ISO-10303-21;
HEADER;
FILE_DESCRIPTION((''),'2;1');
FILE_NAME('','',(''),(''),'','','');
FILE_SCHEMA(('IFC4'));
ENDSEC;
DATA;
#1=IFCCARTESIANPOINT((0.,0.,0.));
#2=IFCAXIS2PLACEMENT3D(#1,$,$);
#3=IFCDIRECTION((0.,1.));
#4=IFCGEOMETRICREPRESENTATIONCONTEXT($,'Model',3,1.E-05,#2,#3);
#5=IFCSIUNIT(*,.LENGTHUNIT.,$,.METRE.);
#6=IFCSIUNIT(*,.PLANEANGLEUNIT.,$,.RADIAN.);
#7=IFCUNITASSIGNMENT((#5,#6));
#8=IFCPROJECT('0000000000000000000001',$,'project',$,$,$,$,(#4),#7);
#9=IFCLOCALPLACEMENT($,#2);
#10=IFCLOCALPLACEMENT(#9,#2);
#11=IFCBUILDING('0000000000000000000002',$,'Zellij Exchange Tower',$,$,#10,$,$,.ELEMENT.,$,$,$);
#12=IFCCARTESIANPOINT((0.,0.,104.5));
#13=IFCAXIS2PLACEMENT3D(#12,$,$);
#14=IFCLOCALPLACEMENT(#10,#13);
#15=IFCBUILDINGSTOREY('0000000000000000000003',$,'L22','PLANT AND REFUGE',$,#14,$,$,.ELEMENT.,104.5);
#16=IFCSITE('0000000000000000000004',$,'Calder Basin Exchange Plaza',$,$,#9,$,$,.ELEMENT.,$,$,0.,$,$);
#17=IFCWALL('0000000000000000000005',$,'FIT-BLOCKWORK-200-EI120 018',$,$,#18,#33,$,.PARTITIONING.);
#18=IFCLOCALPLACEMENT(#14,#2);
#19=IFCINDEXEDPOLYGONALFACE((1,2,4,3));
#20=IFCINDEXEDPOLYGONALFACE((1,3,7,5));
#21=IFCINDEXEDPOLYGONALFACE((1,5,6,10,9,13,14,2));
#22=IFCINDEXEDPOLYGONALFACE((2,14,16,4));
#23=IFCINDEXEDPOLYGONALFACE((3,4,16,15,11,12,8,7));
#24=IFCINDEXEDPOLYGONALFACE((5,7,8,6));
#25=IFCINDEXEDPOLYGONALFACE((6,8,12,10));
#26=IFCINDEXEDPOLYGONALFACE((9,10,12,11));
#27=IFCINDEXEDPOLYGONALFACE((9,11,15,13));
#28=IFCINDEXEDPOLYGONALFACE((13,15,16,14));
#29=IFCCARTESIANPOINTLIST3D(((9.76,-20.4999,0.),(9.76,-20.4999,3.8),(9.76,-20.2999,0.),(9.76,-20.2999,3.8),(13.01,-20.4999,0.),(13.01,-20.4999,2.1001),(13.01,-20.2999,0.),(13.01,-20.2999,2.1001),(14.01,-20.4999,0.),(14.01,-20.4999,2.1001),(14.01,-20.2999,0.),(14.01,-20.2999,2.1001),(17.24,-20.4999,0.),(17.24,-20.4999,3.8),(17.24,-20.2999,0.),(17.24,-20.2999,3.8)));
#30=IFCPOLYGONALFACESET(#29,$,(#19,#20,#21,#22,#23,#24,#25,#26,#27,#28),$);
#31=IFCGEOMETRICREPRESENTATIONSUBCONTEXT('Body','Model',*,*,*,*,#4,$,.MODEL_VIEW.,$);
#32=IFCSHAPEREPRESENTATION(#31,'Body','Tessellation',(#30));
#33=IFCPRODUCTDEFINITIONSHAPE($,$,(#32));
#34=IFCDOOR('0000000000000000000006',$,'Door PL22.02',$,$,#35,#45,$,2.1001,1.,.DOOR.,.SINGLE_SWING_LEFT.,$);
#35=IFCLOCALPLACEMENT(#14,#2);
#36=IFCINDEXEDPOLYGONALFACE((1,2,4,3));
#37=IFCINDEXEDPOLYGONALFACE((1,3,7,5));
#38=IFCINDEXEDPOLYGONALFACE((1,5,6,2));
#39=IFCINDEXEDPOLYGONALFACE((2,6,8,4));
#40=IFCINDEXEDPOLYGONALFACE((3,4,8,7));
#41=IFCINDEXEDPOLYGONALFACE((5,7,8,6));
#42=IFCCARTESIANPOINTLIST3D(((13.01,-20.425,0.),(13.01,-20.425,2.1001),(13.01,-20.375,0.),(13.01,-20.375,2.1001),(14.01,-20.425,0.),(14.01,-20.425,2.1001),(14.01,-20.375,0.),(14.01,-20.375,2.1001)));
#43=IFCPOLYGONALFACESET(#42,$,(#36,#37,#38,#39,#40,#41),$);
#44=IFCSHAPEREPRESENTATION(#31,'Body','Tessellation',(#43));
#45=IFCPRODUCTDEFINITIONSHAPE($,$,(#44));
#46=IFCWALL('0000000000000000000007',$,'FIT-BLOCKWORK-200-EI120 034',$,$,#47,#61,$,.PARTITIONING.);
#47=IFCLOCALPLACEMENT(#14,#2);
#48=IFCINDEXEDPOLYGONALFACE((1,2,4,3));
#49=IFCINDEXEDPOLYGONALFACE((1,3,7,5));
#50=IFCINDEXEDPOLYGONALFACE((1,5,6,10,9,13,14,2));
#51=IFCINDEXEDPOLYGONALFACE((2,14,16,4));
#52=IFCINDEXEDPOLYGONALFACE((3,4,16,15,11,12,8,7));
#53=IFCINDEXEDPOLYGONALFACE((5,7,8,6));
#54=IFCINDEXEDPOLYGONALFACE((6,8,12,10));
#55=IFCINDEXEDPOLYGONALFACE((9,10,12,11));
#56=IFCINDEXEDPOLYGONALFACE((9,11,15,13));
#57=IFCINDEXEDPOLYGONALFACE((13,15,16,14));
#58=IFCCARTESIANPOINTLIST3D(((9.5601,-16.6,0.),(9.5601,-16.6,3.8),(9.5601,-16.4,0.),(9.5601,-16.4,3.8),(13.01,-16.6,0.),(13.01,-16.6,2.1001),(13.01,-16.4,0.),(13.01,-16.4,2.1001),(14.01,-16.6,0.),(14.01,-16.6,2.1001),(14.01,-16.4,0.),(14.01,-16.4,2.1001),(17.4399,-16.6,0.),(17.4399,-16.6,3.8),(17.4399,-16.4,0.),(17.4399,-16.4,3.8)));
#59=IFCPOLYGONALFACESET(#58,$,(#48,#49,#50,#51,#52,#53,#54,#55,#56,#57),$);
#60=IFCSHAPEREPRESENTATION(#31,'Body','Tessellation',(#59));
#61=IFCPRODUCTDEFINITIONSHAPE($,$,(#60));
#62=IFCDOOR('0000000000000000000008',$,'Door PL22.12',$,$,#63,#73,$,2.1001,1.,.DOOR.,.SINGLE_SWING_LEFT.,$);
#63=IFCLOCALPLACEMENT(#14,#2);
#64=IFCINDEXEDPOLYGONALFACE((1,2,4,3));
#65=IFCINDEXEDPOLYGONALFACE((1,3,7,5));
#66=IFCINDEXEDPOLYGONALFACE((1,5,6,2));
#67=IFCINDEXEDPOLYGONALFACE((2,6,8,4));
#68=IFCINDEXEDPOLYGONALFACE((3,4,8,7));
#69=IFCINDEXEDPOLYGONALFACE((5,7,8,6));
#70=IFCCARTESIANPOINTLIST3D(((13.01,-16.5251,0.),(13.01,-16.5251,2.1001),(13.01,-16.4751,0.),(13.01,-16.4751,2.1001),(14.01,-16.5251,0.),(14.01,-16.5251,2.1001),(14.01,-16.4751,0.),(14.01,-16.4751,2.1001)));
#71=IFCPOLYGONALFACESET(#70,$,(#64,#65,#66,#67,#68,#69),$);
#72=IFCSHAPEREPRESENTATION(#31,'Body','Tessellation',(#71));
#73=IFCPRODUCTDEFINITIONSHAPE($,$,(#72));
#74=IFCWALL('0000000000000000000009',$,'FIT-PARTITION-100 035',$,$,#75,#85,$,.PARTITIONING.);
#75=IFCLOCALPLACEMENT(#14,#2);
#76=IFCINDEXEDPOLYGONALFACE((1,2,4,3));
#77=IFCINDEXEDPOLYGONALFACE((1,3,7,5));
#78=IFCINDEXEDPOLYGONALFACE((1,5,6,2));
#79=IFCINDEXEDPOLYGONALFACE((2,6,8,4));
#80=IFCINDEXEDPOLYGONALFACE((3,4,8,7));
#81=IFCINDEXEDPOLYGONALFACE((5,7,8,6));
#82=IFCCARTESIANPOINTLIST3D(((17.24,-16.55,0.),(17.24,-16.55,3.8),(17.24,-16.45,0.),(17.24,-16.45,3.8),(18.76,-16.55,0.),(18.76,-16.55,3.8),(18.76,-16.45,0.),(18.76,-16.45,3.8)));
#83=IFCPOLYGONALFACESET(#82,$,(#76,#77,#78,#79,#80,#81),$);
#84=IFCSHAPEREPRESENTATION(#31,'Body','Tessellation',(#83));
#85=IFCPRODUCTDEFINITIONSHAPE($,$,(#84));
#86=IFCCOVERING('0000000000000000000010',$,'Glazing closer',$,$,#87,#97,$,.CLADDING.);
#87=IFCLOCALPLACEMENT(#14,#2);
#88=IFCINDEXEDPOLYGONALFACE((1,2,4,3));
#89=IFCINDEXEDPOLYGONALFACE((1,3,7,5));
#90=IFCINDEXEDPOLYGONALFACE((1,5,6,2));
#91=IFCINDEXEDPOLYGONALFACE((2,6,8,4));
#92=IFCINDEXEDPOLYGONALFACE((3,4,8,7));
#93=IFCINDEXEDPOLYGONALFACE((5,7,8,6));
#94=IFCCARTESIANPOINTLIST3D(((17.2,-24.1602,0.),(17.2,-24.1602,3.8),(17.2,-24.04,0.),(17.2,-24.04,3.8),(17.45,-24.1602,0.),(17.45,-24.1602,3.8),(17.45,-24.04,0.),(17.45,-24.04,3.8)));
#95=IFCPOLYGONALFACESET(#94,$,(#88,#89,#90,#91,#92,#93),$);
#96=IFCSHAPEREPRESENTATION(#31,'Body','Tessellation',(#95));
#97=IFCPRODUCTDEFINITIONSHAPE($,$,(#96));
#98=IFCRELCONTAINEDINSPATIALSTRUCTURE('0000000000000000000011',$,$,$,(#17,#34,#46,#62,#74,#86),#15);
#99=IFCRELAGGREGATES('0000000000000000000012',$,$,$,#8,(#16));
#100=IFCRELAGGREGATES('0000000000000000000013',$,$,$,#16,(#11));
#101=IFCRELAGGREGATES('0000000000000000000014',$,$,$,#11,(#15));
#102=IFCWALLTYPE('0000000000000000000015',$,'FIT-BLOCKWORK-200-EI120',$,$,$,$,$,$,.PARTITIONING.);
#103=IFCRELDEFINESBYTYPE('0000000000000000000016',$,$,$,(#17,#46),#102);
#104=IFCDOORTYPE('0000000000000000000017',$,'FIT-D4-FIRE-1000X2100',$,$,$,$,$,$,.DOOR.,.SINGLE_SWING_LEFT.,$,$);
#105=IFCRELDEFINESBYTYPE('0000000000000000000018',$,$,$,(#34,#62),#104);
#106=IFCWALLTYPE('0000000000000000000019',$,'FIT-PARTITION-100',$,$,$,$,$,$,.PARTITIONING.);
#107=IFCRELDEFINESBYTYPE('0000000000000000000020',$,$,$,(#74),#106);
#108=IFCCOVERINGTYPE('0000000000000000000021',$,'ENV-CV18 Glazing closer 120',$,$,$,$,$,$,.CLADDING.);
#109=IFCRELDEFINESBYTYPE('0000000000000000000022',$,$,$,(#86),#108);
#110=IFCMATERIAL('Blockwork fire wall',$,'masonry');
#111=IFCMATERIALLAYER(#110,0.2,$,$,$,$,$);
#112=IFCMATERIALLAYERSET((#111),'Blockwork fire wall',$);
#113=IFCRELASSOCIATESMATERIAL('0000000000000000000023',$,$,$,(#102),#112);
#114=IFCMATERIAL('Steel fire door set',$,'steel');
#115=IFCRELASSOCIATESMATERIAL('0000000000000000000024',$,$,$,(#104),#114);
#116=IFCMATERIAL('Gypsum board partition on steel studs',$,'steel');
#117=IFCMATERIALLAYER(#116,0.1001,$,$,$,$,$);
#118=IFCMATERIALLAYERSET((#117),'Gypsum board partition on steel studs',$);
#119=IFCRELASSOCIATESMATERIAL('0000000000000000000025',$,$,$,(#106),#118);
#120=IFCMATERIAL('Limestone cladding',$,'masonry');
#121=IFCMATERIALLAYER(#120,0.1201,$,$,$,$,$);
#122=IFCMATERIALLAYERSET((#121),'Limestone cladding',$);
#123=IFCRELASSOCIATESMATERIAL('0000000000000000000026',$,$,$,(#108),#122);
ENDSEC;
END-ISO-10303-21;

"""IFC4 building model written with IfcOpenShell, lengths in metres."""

from ifc_helpers import new_model, si_unit, direction, frame, frame_2d, origin, origin_2d, place, context, subcontext, project, spatial, rectangle, extrude, material, layer, layer_set, type_object, element, fill, save


model = new_model("IFC4")

# Units and contexts
model_context = context("Model", 3, precision=1e-05, world=origin(), true_north=direction((0.0, 1.0)))
body_context = subcontext(model_context, "Body", "Model", "MODEL_VIEW")
ifc_project = project(units=[si_unit("LENGTHUNIT", "METRE"), si_unit("PLANEANGLEUNIT", "RADIAN")], contexts=[model_context])

# Site, building, storey
site_placement = place(None, origin())
site = spatial("IfcSite", under=ifc_project, at=site_placement, Name="Calder Basin Exchange Plaza", CompositionType="ELEMENT", RefElevation=0.0)
building_placement = place(site_placement, origin())
building = spatial("IfcBuilding", under=site, at=building_placement, Name="Zellij Exchange Tower", CompositionType="ELEMENT")
storey_placement = place(building_placement, frame((0.0, 0.0, 104.5)))
storey = spatial("IfcBuildingStorey", under=building, at=storey_placement, Name="L22", Description="PLANT AND REFUGE", CompositionType="ELEMENT", Elevation=104.5)

# Shared definitions
ifc_material_1 = material(Name="Blockwork fire wall", Category="masonry")
ifc_layer_1 = layer(ifc_material_1, 0.2)
ifc_layer_set_1 = layer_set([ifc_layer_1], Name="Blockwork fire wall")
wall_type_1 = type_object("IfcWallType", Name="FIT-BLOCKWORK-200-EI120", PredefinedType="PARTITIONING", material=ifc_layer_set_1)

# Walls, openings, doors
wall_1_placement = place(storey_placement, frame((9.76, -20.3999, 0.0), z_axis=(0.0, 0.0, 1.0), x_axis=(1.0, 0.0, 0.0)))
wall_1 = element("IfcWall", 1, at=wall_1_placement, inside=storey, type_object=wall_type_1, Name="FIT-BLOCKWORK-200-EI120 018", PredefinedType="PARTITIONING", context=body_context, shape_type="SweptSolid", body=[
    extrude(rectangle(XDim=7.48, YDim=0.2, at=frame_2d((3.74, 0.0))), origin(), (0.0, 0.0, 1.0), 3.8),
])
opening_1_placement = place(wall_1_placement, frame((3.25, 0.0, 0.0)))
opening_1 = element("IfcOpeningElement", 2, at=opening_1_placement, cuts=wall_1, PredefinedType="OPENING", context=body_context, shape_type="SweptSolid", body=[
    extrude(rectangle(XDim=1.0, YDim=2.1001, at=frame_2d((0.5, 1.05))), frame((0.0, 0.1118, 0.0), z_axis=(0.0, -1.0, 0.0), x_axis=(1.0, 0.0, 0.0)), (0.0, 0.0, 1.0), 0.2239),
])
ifc_material_2 = material(Name="Steel fire door set", Category="steel")
door_type_1 = type_object("IfcDoorType", Name="FIT-D4-FIRE-1000X2100", OperationType="SINGLE_SWING_LEFT", PredefinedType="DOOR", material=ifc_material_2)
door_1_placement = place(opening_1_placement, origin())
door_1 = element("IfcDoor", 3, at=door_1_placement, inside=storey, type_object=door_type_1, Name="Door PL22.02", OperationType="SINGLE_SWING_LEFT", OverallHeight=2.1001, OverallWidth=1.0, PredefinedType="DOOR", context=body_context, shape_type="SweptSolid", body=[
    extrude(rectangle(XDim=1.0, YDim=2.1001, at=frame_2d((0.5, 1.05))), frame((0.0, 0.0249, 0.0), z_axis=(0.0, -1.0, 0.0), x_axis=(1.0, 0.0, 0.0)), (0.0, 0.0, 1.0), 0.05),
])
fill(opening_1, door_1)
wall_2_placement = place(storey_placement, frame((9.5601, -16.5, 0.0), z_axis=(0.0, 0.0, 1.0), x_axis=(1.0, 0.0, 0.0)))
wall_2 = element("IfcWall", 4, at=wall_2_placement, inside=storey, type_object=wall_type_1, Name="FIT-BLOCKWORK-200-EI120 034", PredefinedType="PARTITIONING", context=body_context, shape_type="SweptSolid", body=[
    extrude(rectangle(XDim=7.8799, YDim=0.2, at=frame_2d((3.9399, 0.0))), origin(), (0.0, 0.0, 1.0), 3.8),
])
opening_2_placement = place(wall_2_placement, frame((3.45, 0.0, 0.0)))
opening_2 = element("IfcOpeningElement", 5, at=opening_2_placement, cuts=wall_2, PredefinedType="OPENING", context=body_context, shape_type="SweptSolid", body=[
    extrude(rectangle(XDim=1.0, YDim=2.1001, at=frame_2d((0.5, 1.05))), frame((0.0, 0.1118, 0.0), z_axis=(0.0, -1.0, 0.0), x_axis=(1.0, 0.0, 0.0)), (0.0, 0.0, 1.0), 0.2239),
])
door_2_placement = place(opening_2_placement, origin())
door_2 = element("IfcDoor", 6, at=door_2_placement, inside=storey, type_object=door_type_1, Name="Door PL22.12", OperationType="SINGLE_SWING_LEFT", OverallHeight=2.1001, OverallWidth=1.0, PredefinedType="DOOR", context=body_context, shape_type="SweptSolid", body=[
    extrude(rectangle(XDim=1.0, YDim=2.1001, at=frame_2d((0.5, 1.05))), frame((0.0, 0.0249, 0.0), z_axis=(0.0, -1.0, 0.0), x_axis=(1.0, 0.0, 0.0)), (0.0, 0.0, 1.0), 0.05),
])
fill(opening_2, door_2)

# Wall
ifc_material_3 = material(Name="Gypsum board partition on steel studs", Category="steel")
ifc_layer_2 = layer(ifc_material_3, 0.1001)
ifc_layer_set_2 = layer_set([ifc_layer_2], Name="Gypsum board partition on steel studs")
wall_type_2 = type_object("IfcWallType", Name="FIT-PARTITION-100", PredefinedType="PARTITIONING", material=ifc_layer_set_2)
wall_3_placement = place(storey_placement, frame((17.24, -16.5, 0.0), z_axis=(0.0, 0.0, 1.0), x_axis=(1.0, 0.0, 0.0)))
element("IfcWall", 7, at=wall_3_placement, inside=storey, type_object=wall_type_2, Name="FIT-PARTITION-100 035", PredefinedType="PARTITIONING", context=body_context, shape_type="SweptSolid", body=[
    extrude(rectangle(XDim=1.52, YDim=0.1001, at=frame_2d((0.76, 0.0))), origin(), (0.0, 0.0, 1.0), 3.8),
])

# Covering
ifc_material_4 = material(Name="Limestone cladding", Category="masonry")
ifc_layer_3 = layer(ifc_material_4, 0.1201)
ifc_layer_set_3 = layer_set([ifc_layer_3], Name="Limestone cladding")
covering_type = type_object("IfcCoveringType", Name="ENV-CV18 Glazing closer 120", PredefinedType="CLADDING", material=ifc_layer_set_3)
covering_placement = place(storey_placement, frame((17.325, -24.1001, 0.0), z_axis=(0.0, 0.0, 1.0), x_axis=(1.0, 0.0, 0.0)))
element("IfcCovering", 8, at=covering_placement, inside=storey, type_object=covering_type, Name="Glazing closer", PredefinedType="CLADDING", context=body_context, shape_type="SweptSolid", body=[
    extrude(rectangle(XDim=0.25, YDim=0.1201, at=origin_2d()), origin(), (0.0, 0.0, 1.0), 3.8),
])

save(model, "model.ifc")
